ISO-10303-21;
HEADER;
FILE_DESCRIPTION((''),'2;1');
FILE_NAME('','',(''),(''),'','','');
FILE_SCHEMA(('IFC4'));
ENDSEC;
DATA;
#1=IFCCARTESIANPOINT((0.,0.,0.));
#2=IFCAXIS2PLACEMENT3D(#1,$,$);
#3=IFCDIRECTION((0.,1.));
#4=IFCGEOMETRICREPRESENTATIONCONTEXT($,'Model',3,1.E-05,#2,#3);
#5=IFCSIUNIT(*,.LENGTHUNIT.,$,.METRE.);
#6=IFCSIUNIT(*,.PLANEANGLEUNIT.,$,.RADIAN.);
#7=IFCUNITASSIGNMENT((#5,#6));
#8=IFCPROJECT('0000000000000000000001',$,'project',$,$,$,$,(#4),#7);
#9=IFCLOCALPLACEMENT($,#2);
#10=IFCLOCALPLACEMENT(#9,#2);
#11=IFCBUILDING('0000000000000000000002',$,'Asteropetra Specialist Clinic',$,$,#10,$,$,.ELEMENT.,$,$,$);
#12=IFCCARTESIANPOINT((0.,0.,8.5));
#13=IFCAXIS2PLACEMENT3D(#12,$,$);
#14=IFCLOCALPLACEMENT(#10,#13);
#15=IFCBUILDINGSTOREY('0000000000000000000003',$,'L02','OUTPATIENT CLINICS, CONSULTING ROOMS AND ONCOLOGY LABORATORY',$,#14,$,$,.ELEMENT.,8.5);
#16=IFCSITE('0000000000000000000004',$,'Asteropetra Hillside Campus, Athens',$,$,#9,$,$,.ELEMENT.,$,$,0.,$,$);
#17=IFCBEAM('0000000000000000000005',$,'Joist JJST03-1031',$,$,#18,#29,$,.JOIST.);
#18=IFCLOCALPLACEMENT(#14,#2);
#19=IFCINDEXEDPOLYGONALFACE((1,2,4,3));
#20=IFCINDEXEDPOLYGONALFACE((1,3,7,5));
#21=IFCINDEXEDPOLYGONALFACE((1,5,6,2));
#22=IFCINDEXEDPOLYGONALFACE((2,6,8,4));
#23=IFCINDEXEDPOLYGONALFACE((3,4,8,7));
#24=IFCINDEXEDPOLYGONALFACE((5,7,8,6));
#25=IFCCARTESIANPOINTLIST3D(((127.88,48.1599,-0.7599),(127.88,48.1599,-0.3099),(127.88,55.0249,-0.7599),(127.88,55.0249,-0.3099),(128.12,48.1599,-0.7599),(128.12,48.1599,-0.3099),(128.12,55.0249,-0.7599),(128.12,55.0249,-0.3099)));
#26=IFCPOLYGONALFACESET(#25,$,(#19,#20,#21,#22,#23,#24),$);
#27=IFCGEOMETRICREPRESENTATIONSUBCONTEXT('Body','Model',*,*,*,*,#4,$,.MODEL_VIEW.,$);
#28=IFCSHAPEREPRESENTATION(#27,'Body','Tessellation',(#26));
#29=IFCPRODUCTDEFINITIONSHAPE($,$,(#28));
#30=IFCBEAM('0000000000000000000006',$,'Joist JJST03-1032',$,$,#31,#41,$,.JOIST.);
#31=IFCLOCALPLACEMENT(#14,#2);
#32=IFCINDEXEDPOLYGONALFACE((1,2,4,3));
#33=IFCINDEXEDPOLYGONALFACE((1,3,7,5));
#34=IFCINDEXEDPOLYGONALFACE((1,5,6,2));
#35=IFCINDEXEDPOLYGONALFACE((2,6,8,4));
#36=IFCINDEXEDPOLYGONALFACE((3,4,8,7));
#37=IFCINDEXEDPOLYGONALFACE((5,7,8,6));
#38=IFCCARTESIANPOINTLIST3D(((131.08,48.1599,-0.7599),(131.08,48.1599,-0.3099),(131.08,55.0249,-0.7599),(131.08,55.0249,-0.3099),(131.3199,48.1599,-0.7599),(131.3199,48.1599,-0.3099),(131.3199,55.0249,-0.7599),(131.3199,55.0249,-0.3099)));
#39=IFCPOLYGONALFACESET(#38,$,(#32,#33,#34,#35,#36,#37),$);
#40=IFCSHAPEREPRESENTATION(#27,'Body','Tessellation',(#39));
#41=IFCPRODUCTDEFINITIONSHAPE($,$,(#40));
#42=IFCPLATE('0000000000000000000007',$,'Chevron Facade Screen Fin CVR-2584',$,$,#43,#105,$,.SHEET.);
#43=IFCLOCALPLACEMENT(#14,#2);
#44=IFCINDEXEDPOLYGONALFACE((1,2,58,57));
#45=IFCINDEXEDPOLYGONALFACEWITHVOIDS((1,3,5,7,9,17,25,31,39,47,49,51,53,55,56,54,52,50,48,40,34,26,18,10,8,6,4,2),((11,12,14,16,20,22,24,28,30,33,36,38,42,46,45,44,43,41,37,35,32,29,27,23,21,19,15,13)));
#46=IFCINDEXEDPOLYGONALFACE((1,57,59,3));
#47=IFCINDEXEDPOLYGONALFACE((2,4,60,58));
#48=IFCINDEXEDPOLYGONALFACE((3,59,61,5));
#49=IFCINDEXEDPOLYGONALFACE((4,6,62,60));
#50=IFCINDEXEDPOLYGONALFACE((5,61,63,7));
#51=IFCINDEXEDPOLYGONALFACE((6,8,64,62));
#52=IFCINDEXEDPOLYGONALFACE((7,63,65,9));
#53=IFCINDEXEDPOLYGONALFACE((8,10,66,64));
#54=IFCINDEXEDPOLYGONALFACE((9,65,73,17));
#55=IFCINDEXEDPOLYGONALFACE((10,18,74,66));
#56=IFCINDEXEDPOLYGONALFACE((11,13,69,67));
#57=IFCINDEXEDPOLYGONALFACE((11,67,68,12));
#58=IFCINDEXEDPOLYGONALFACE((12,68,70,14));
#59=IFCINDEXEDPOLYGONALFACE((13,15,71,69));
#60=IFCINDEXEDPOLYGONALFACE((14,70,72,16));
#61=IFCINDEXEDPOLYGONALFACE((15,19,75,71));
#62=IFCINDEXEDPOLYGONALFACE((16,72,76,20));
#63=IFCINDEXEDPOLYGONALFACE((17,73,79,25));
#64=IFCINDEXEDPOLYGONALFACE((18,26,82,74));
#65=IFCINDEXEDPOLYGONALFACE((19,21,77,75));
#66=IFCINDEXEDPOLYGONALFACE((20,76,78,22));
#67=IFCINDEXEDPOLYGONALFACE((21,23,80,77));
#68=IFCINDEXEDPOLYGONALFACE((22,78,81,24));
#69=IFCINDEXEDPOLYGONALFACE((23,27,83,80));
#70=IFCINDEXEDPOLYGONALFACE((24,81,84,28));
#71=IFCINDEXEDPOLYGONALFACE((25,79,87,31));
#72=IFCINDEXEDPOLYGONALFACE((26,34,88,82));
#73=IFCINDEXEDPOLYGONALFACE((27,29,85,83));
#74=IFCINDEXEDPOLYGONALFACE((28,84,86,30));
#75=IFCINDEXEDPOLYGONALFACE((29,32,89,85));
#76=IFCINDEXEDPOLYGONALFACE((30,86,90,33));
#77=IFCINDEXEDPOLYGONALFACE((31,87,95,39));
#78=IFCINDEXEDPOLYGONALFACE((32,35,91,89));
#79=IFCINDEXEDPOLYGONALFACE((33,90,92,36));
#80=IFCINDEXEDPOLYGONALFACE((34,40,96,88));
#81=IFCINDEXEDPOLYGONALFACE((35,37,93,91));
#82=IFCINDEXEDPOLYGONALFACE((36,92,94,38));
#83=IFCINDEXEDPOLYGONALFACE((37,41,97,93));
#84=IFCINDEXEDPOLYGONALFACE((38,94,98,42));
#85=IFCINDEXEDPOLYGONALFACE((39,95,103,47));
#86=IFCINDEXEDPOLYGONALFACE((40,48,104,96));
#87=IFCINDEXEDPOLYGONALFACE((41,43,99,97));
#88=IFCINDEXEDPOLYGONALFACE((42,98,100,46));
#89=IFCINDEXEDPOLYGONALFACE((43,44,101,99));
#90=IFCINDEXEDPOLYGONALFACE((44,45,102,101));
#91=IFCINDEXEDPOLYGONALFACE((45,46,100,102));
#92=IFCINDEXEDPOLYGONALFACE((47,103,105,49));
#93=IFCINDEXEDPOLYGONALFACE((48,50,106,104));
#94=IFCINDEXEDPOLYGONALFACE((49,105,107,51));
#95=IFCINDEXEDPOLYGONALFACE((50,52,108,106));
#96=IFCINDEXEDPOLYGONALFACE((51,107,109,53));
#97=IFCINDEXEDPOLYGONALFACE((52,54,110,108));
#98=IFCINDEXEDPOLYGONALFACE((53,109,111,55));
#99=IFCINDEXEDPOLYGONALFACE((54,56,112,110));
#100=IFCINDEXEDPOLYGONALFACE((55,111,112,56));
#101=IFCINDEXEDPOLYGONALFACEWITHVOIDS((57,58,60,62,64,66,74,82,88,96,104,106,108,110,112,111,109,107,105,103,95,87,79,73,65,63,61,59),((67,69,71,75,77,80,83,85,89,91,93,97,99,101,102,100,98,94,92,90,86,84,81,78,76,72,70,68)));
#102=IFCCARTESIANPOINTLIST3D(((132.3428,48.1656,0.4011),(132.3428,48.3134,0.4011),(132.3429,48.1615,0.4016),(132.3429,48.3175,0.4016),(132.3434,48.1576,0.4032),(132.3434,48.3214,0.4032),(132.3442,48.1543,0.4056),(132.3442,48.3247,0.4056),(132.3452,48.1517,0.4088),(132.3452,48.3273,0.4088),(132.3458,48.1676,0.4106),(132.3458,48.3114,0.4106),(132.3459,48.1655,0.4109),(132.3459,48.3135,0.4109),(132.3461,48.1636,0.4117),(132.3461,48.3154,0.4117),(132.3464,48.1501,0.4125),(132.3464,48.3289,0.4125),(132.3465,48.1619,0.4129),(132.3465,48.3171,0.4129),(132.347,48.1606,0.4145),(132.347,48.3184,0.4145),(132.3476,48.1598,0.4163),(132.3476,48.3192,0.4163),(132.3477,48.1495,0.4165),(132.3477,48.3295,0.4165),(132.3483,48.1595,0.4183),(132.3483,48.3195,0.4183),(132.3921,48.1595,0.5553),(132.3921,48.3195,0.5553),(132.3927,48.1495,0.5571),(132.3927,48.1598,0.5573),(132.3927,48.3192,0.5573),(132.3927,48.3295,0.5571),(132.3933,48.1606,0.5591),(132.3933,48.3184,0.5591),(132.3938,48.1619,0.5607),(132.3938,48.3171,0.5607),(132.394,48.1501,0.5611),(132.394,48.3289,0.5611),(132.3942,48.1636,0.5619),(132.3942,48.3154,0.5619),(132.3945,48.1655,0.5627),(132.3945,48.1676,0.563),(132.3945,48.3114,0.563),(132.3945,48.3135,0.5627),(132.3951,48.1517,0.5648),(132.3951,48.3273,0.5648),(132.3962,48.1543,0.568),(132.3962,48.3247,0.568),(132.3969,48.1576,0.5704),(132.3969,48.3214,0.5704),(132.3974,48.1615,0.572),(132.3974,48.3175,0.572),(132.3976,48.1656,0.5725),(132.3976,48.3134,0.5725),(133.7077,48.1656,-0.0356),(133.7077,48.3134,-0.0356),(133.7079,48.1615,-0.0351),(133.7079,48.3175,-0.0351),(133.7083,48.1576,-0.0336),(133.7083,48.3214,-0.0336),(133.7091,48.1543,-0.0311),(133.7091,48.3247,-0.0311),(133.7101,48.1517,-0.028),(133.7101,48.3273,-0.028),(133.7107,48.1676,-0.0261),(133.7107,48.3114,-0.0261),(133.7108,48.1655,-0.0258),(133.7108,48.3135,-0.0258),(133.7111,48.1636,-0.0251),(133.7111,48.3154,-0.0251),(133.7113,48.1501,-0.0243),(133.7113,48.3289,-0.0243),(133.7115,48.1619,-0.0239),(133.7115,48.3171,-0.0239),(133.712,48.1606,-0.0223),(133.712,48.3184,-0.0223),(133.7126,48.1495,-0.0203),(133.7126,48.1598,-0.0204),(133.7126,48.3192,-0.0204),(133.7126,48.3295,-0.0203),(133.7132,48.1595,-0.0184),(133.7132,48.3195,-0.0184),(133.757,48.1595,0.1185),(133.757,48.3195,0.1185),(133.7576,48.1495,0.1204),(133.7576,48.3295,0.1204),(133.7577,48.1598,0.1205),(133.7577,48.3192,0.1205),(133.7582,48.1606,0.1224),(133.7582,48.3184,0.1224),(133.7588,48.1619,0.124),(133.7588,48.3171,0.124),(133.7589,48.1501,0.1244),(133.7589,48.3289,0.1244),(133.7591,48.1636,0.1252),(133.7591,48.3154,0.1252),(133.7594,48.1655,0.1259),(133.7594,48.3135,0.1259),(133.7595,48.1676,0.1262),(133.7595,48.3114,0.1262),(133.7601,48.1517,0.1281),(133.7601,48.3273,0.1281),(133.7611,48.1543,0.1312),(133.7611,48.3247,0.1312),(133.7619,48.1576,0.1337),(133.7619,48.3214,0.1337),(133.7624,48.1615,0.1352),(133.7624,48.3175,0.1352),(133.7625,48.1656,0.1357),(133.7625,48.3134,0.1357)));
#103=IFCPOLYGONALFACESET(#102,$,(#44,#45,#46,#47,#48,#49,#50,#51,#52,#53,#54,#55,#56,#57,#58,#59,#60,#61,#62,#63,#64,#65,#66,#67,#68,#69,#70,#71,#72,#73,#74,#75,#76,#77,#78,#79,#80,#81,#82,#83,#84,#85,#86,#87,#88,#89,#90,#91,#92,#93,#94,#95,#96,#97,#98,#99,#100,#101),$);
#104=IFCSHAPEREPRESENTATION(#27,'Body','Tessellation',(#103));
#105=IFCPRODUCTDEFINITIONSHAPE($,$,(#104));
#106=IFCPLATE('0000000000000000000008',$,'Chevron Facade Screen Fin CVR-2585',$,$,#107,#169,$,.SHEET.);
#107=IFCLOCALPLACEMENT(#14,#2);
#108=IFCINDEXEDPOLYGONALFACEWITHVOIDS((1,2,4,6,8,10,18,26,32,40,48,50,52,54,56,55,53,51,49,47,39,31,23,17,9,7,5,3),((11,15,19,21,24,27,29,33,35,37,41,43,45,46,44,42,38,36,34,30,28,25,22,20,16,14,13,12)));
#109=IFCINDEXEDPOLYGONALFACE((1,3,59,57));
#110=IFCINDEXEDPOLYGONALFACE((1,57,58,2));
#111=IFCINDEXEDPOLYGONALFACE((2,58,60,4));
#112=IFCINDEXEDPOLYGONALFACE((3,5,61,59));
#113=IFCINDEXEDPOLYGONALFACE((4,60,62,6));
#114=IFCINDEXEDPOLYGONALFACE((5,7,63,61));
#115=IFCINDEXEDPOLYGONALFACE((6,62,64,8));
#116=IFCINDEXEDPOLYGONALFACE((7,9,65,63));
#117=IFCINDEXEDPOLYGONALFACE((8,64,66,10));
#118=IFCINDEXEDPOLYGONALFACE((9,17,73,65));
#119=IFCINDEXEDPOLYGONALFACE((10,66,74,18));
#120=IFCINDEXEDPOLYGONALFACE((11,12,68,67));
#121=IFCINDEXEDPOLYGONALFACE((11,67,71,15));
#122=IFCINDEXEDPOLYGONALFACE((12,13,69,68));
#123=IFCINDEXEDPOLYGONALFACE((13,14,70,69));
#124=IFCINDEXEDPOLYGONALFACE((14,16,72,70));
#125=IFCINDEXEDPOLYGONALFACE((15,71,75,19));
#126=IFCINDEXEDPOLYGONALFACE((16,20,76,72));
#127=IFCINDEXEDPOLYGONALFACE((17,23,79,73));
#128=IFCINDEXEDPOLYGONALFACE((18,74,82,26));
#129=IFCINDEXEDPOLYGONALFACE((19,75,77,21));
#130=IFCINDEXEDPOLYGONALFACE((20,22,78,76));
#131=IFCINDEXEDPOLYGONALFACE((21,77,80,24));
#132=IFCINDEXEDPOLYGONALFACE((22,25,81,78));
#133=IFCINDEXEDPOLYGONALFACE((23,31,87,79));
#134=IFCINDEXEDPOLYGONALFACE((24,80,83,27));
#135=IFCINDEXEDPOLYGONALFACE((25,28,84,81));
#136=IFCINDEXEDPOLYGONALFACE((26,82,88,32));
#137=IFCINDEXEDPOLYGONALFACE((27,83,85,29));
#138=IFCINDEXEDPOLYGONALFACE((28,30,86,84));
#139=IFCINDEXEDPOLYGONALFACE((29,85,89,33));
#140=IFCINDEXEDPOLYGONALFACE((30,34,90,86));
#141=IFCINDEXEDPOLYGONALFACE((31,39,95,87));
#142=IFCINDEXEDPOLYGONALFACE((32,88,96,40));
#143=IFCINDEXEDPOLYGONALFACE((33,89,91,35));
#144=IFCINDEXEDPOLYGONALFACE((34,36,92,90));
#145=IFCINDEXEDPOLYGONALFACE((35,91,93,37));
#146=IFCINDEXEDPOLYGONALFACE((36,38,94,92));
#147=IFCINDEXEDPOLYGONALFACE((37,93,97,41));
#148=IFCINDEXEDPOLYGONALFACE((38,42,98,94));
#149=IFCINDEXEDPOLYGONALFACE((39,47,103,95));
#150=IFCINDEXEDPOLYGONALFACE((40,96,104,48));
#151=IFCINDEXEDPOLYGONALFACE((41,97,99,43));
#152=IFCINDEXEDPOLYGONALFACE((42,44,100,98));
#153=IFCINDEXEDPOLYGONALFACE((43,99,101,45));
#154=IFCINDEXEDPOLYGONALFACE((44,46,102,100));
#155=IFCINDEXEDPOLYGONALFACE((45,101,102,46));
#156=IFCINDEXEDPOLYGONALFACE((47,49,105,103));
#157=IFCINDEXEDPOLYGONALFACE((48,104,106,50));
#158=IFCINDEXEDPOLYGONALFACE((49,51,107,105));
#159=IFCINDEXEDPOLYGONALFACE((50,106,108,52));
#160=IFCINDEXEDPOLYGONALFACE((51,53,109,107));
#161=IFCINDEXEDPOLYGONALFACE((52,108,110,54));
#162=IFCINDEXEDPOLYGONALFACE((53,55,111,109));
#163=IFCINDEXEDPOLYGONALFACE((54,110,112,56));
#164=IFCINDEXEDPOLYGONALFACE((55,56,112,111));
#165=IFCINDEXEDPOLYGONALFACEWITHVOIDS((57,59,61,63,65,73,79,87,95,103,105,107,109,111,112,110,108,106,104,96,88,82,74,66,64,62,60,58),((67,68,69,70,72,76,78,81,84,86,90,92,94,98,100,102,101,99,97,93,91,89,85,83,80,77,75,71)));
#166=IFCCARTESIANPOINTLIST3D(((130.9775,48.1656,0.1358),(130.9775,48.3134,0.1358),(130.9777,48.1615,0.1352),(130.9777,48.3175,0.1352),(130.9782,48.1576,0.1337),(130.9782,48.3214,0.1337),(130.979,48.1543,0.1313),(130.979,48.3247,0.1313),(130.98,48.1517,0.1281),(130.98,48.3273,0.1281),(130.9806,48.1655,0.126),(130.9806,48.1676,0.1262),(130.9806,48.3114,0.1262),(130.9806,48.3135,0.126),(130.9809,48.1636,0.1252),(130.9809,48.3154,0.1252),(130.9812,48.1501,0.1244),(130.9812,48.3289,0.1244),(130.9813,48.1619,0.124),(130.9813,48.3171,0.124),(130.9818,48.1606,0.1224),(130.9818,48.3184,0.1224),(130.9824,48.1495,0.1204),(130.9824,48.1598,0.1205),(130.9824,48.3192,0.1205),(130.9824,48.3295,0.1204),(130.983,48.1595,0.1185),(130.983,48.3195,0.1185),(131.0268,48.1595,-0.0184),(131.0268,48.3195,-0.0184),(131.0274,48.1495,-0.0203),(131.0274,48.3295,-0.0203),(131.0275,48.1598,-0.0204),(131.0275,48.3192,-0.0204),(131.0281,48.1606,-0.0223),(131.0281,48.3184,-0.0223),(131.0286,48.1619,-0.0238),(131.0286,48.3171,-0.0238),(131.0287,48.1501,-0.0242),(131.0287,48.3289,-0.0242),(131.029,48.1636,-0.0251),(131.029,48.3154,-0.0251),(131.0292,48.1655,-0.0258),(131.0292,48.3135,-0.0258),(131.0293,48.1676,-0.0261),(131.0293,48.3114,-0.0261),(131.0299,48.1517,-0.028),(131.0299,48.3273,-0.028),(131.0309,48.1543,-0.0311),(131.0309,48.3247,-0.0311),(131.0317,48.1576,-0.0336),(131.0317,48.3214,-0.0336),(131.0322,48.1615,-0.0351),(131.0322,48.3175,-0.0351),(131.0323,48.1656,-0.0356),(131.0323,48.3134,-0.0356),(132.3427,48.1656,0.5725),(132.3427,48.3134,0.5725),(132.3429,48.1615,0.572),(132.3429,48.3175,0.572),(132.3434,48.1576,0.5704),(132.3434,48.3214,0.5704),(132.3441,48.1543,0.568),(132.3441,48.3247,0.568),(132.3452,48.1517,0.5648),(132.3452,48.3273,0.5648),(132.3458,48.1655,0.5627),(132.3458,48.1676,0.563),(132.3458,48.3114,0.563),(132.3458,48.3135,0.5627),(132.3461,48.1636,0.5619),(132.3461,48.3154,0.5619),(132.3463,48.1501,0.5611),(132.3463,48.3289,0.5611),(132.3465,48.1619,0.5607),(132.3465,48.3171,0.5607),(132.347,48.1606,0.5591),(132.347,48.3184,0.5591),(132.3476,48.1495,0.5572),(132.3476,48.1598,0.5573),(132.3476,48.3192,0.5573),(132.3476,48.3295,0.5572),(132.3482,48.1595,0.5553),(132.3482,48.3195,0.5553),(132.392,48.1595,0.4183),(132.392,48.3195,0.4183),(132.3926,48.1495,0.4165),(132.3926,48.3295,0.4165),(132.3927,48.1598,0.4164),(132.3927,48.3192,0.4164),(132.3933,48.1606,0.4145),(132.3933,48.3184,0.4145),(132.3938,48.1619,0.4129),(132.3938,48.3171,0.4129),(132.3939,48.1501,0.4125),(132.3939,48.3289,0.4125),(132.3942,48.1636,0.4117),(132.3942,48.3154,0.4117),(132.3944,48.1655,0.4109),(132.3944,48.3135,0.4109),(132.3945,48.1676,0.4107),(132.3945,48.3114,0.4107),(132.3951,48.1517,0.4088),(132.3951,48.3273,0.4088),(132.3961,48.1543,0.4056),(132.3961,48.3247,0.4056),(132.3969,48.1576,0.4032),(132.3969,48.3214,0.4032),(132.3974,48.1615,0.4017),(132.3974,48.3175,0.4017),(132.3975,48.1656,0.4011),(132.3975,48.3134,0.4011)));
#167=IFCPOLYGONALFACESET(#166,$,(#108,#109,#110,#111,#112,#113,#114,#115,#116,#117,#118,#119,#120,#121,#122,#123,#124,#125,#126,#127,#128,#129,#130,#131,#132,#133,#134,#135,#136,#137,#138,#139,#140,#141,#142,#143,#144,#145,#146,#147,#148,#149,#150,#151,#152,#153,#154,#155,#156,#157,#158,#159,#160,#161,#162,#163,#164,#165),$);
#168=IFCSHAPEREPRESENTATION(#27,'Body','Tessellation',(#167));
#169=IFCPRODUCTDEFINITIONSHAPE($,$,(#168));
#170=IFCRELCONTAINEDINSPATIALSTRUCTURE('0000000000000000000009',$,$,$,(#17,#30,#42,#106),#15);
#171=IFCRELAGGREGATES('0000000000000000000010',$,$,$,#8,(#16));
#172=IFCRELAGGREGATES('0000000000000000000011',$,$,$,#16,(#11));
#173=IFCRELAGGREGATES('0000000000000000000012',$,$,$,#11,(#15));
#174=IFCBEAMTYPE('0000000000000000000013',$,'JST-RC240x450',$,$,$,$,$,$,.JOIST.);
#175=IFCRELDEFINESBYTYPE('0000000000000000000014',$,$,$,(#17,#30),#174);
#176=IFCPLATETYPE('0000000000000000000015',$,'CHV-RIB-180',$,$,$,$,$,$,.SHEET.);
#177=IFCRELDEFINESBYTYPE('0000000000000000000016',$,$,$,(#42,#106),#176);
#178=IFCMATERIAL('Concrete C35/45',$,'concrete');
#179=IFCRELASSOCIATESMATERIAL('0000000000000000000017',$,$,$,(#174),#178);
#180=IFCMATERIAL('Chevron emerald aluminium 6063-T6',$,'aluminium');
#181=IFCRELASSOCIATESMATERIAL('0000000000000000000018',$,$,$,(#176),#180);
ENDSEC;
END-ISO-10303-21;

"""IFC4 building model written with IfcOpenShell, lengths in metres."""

from ifc_helpers import new_model, si_unit, direction, frame, origin, origin_2d, place, context, subcontext, project, spatial, rectangle, hollow_rectangle, extrude, material, material_profile, profile_set, type_object, element, save


model = new_model("IFC4")

# Units and contexts
model_context = context("Model", 3, precision=1e-05, world=origin(), true_north=direction((0.0, 1.0)))
body_context = subcontext(model_context, "Body", "Model", "MODEL_VIEW")
ifc_project = project(units=[si_unit("LENGTHUNIT", "METRE"), si_unit("PLANEANGLEUNIT", "RADIAN")], contexts=[model_context])

# Site, building, storey
site_placement = place(None, origin())
site = spatial("IfcSite", under=ifc_project, at=site_placement, Name="Asteropetra Hillside Campus, Athens", CompositionType="ELEMENT", RefElevation=0.0)
building_placement = place(site_placement, origin())
building = spatial("IfcBuilding", under=site, at=building_placement, Name="Asteropetra Specialist Clinic", CompositionType="ELEMENT")
storey_placement = place(building_placement, frame((0.0, 0.0, 8.5)))
storey = spatial("IfcBuildingStorey", under=building, at=storey_placement, Name="L02", Description="OUTPATIENT CLINICS, CONSULTING ROOMS AND ONCOLOGY LABORATORY", CompositionType="ELEMENT", Elevation=8.5)

# Beams
ifc_material_1 = material(Name="Concrete C35/45", Category="concrete")
ifc_material_profile_1 = material_profile(ifc_material_1, rectangle(XDim=0.24, YDim=0.45, at=origin_2d()), Name="RCJ 240x450")
ifc_profile_set_1 = profile_set([ifc_material_profile_1], Name="Concrete C35/45")
beam_type = type_object("IfcBeamType", Name="JST-RC240x450", PredefinedType="JOIST", material=ifc_profile_set_1)
for number, where, z_axis, x_axis, name in (
    (1, (128.0, 48.1599, -0.5349), (0.0, 1.0, 0.0), (-1.0, 0.0, 0.0), "Joist JJST03-1031"),
    (2, (131.2, 48.1599, -0.5349), (0.0, 1.0, 0.0), (-1.0, 0.0, 0.0), "Joist JJST03-1032"),
):
    element("IfcBeam", number, at=place(storey_placement, frame(where, z_axis=z_axis, x_axis=x_axis)), inside=storey, type_object=beam_type, Name=name, PredefinedType="JOIST", context=body_context, shape_type="SweptSolid", body=[
        extrude(rectangle(XDim=0.24, YDim=0.45, at=origin_2d()), origin(), (0.0, 0.0, 1.0), 6.865),
    ])

# Plates
ifc_material_2 = material(Name="Chevron emerald aluminium 6063-T6", Category="aluminium")
ifc_material_profile_2 = material_profile(ifc_material_2, hollow_rectangle(XDim=0.1799, YDim=0.1799, WallThickness=0.01, InnerFilletRadius=0.0081, OuterFilletRadius=0.0161, at=origin_2d()), Name="SHS 180x180x10.0")
ifc_profile_set_2 = profile_set([ifc_material_profile_2], Name="Chevron emerald aluminium 6063-T6")
plate_type = type_object("IfcPlateType", Name="CHV-RIB-180", PredefinedType="SHEET", material=ifc_profile_set_2)
plate_1_placement = place(storey_placement, frame((133.7351, 48.2395, 0.05), z_axis=(-0.95243, 0.0, 0.304757), x_axis=(0.0, -1.0, 0.0)))
element("IfcPlate", 3, at=plate_1_placement, inside=storey, type_object=plate_type, Name="Chevron Facade Screen Fin CVR-2584", PredefinedType="SHEET", context=body_context, shape_type="SweptSolid", body=[
    extrude(hollow_rectangle(XDim=0.1799, YDim=0.1799, WallThickness=0.01, InnerFilletRadius=0.0081, OuterFilletRadius=0.0161, at=origin_2d()), origin(), (0.0, 0.0, 1.0), 1.4331),
])
plate_2_placement = place(storey_placement, frame((132.3701, 48.2395, 0.4868), z_axis=(-0.952446, 0.0, -0.304708), x_axis=(0.0, -1.0, 0.0)))
element("IfcPlate", 4, at=plate_2_placement, inside=storey, type_object=plate_type, Name="Chevron Facade Screen Fin CVR-2585", PredefinedType="SHEET", context=body_context, shape_type="SweptSolid", body=[
    extrude(hollow_rectangle(XDim=0.1799, YDim=0.1799, WallThickness=0.01, InnerFilletRadius=0.0081, OuterFilletRadius=0.0161, at=origin_2d()), origin(), (0.0, 0.0, 1.0), 1.4333),
])

save(model, "model.ifc")
